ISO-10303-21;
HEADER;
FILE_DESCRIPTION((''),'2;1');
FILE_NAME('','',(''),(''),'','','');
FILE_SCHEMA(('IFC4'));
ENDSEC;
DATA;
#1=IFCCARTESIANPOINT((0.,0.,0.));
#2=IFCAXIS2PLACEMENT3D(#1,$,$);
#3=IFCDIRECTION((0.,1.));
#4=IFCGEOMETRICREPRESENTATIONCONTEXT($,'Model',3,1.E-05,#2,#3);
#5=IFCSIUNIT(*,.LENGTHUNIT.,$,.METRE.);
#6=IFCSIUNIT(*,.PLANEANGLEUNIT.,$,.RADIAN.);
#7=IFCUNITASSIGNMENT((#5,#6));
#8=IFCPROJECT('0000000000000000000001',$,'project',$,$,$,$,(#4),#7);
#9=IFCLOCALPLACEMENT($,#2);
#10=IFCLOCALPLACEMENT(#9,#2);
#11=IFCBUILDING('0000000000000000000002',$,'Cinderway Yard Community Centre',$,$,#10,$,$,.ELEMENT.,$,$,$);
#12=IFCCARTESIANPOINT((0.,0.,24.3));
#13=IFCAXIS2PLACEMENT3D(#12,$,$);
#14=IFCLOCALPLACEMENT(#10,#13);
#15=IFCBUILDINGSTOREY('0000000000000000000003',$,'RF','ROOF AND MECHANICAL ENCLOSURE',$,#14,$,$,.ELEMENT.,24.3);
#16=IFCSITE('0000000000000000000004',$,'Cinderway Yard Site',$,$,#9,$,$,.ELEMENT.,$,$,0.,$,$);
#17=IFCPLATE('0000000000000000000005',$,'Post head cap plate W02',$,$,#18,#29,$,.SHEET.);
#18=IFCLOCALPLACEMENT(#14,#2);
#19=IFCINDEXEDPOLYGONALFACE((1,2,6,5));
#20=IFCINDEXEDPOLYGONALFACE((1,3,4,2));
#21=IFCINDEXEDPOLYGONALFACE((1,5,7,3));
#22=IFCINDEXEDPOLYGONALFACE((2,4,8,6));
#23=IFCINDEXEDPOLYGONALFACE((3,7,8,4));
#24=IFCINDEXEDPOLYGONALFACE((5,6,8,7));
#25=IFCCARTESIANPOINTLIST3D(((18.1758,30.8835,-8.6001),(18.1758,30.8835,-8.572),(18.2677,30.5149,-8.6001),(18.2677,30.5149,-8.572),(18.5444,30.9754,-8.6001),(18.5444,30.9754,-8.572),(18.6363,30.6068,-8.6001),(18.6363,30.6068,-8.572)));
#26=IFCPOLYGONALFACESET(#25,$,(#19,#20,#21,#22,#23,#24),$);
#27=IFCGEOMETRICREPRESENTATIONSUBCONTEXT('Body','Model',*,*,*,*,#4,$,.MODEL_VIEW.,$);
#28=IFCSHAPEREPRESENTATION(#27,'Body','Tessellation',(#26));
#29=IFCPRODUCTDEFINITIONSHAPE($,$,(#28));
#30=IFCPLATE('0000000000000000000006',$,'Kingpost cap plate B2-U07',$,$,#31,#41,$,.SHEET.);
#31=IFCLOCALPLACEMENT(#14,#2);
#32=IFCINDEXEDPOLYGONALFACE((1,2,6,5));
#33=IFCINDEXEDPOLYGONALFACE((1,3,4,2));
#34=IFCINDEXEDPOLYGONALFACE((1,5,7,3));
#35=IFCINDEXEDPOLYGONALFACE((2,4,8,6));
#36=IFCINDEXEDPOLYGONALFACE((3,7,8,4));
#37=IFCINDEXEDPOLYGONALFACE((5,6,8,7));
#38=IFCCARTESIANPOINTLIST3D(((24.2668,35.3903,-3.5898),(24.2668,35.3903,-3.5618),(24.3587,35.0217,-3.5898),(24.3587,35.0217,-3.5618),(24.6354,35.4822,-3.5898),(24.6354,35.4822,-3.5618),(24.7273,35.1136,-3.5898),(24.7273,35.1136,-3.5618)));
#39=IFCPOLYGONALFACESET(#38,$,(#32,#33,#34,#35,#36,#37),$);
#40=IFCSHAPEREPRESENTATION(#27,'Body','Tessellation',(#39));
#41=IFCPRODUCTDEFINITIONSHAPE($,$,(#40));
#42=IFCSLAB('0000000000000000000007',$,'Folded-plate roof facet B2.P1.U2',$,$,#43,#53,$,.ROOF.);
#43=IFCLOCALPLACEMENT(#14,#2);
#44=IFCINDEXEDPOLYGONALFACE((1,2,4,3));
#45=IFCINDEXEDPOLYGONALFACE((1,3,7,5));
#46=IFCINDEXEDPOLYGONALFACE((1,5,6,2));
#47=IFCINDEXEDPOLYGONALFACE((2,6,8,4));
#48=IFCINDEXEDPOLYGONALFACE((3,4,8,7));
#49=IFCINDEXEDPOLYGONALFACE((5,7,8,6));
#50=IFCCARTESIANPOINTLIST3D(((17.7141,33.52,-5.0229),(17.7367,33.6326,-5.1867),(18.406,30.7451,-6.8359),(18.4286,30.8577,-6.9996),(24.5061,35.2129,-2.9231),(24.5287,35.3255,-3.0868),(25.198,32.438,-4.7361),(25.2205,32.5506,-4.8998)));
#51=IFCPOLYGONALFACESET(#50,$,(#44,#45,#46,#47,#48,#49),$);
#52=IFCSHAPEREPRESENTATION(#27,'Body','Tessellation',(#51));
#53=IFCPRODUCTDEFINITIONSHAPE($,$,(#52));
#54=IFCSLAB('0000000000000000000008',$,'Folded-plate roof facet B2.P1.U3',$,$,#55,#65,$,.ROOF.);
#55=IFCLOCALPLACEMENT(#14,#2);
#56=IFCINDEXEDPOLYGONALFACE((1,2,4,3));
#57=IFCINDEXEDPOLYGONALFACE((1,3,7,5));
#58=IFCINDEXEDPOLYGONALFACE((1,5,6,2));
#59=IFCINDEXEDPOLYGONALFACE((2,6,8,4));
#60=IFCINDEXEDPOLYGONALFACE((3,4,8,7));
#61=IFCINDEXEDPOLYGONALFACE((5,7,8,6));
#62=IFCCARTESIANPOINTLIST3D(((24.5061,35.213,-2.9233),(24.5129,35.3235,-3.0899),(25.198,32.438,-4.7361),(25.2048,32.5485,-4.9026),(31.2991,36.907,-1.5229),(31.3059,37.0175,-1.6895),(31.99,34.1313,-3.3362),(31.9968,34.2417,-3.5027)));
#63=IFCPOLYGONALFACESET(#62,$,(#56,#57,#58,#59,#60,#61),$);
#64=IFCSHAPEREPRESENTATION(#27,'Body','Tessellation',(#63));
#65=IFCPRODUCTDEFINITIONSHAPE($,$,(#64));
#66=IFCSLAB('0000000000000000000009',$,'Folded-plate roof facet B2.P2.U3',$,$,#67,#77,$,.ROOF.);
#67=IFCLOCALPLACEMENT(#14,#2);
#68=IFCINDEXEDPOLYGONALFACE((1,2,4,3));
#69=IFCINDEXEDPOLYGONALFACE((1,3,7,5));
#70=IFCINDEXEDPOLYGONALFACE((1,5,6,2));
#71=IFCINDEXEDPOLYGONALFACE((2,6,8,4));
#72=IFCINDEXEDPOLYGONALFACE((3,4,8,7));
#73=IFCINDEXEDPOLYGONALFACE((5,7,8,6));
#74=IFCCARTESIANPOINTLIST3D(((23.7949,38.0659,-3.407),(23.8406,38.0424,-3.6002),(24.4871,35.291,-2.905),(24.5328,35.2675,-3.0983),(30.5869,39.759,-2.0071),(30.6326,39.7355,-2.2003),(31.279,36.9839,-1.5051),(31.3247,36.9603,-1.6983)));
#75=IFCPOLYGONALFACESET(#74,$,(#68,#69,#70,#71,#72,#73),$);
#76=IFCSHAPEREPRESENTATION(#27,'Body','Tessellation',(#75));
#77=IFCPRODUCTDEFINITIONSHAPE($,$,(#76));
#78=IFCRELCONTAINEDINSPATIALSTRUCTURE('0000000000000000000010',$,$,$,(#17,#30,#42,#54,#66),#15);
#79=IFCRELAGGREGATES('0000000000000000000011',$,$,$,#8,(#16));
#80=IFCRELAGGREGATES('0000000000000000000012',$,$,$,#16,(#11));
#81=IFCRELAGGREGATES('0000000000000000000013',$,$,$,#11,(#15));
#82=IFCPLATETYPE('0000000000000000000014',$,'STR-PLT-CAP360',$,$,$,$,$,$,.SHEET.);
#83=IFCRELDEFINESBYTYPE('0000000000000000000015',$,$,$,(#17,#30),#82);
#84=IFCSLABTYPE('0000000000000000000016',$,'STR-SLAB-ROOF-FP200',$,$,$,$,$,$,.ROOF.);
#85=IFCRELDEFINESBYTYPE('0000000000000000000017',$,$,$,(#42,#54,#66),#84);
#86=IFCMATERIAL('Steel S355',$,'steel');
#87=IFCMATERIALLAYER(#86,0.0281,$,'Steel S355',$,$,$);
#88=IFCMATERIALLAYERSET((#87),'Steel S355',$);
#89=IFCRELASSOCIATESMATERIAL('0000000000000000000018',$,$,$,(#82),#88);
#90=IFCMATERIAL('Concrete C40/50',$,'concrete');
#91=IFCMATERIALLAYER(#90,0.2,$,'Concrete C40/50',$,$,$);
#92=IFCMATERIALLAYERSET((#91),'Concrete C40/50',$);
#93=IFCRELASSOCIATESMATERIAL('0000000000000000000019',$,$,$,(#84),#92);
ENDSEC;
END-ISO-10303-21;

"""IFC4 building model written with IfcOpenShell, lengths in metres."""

from ifc_helpers import new_model, si_unit, direction, frame, origin, origin_2d, place, context, subcontext, project, spatial, polyline, rectangle, outline, extrude, material, layer, layer_set, type_object, element, save


model = new_model("IFC4")

# Units and contexts
model_context = context("Model", 3, precision=1e-05, world=origin(), true_north=direction((0.0, 1.0)))
body_context = subcontext(model_context, "Body", "Model", "MODEL_VIEW")
ifc_project = project(units=[si_unit("LENGTHUNIT", "METRE"), si_unit("PLANEANGLEUNIT", "RADIAN")], contexts=[model_context])

# Site, building, storey
site_placement = place(None, origin())
site = spatial("IfcSite", under=ifc_project, at=site_placement, Name="Cinderway Yard Site", CompositionType="ELEMENT", RefElevation=0.0)
building_placement = place(site_placement, origin())
building = spatial("IfcBuilding", under=site, at=building_placement, Name="Cinderway Yard Community Centre", CompositionType="ELEMENT")
storey_placement = place(building_placement, frame((0.0, 0.0, 24.3)))
storey = spatial("IfcBuildingStorey", under=building, at=storey_placement, Name="RF", Description="ROOF AND MECHANICAL ENCLOSURE", CompositionType="ELEMENT", Elevation=24.3)

# Shared definitions
ifc_material_1 = material(Name="Steel S355", Category="steel")

# Shared definitions
ifc_material_2 = material(Name="Concrete C40/50", Category="concrete")

# Plates
ifc_layer_1 = layer(ifc_material_1, 0.0281, Name="Steel S355")
ifc_layer_set_1 = layer_set([ifc_layer_1], Name="Steel S355")
plate_type_1 = type_object("IfcPlateType", Name="STR-PLT-CAP360", PredefinedType="SHEET", material=ifc_layer_set_1)
for number, where, z_axis, x_axis, name in (
    (1, (18.406, 30.7451, -8.6001), (0.0, 0.0, 1.0), (0.970296, 0.241922, 0.0), "Post head cap plate W02"),
    (2, (24.4971, 35.252, -3.5898), (0.0, 0.0, 1.0), (0.970296, 0.241922, 0.0), "Kingpost cap plate B2-U07"),
):
    element("IfcPlate", number, at=place(storey_placement, frame(where, z_axis=z_axis, x_axis=x_axis)), inside=storey, type_object=plate_type_1, Name=name, PredefinedType="SHEET", context=body_context, shape_type="SweptSolid", body=[
        extrude(rectangle(XDim=0.3799, YDim=0.3799, at=origin_2d()), origin(), (0.0, 0.0, 1.0), 0.0281),
    ])

# Slabs
ifc_layer_2 = layer(ifc_material_2, 0.2, Name="Concrete C40/50")
ifc_layer_set_2 = layer_set([ifc_layer_2], Name="Concrete C40/50")
slab_type = type_object("IfcSlabType", Name="STR-SLAB-ROOF-FP200", PredefinedType="ROOF", material=ifc_layer_set_2)
slab_1_placement = place(storey_placement, frame((18.406, 30.7451, -6.8359), z_axis=(-0.112785, -0.563026, 0.818707), x_axis=(0.929396, 0.231647, 0.287338)))
element("IfcSlab", 3, at=slab_1_placement, inside=storey, type_object=slab_type, Name="Folded-plate roof facet B2.P1.U2", PredefinedType="ROOF", context=body_context, shape_type="SweptSolid", body=[
    extrude(outline(polyline([(0.0, 0.0), (7.308, 0.0), (7.8287, 3.3458), (0.5207, 3.3458), (0.0, 0.0)])), origin(), (0.0, 0.0, -1.0), 0.2),
])
slab_2_placement = place(storey_placement, frame((25.198, 32.438, -4.7361), z_axis=(-0.033919, -0.552486, 0.832832), x_axis=(0.95146, 0.237203, 0.196107)))
element("IfcSlab", 4, at=slab_2_placement, inside=storey, type_object=slab_type, Name="Folded-plate roof facet B2.P1.U3", PredefinedType="ROOF", context=body_context, shape_type="SweptSolid", body=[
    extrude(outline(polyline([(0.0, 0.0), (7.1385, 0.0), (7.4951, 3.3679), (0.3554, 3.3674), (0.0, 0.0)])), origin(), (0.0, 0.0, -1.0), 0.2),
])
slab_3_placement = place(storey_placement, frame((24.4871, 35.291, -2.905), z_axis=(-0.228544, 0.117798, 0.96638), x_axis=(0.951473, 0.23715, 0.196111)))
element("IfcSlab", 5, at=slab_3_placement, inside=storey, type_object=slab_type, Name="Folded-plate roof facet B2.P2.U3", PredefinedType="ROOF", context=body_context, shape_type="SweptSolid", body=[
    extrude(outline(polyline([(0.0, 0.0), (7.1384, 0.0), (7.0395, 2.9022), (-0.0989, 2.9019), (0.0, 0.0)])), origin(), (0.0, 0.0, -1.0), 0.2),
])

save(model, "model.ifc")
